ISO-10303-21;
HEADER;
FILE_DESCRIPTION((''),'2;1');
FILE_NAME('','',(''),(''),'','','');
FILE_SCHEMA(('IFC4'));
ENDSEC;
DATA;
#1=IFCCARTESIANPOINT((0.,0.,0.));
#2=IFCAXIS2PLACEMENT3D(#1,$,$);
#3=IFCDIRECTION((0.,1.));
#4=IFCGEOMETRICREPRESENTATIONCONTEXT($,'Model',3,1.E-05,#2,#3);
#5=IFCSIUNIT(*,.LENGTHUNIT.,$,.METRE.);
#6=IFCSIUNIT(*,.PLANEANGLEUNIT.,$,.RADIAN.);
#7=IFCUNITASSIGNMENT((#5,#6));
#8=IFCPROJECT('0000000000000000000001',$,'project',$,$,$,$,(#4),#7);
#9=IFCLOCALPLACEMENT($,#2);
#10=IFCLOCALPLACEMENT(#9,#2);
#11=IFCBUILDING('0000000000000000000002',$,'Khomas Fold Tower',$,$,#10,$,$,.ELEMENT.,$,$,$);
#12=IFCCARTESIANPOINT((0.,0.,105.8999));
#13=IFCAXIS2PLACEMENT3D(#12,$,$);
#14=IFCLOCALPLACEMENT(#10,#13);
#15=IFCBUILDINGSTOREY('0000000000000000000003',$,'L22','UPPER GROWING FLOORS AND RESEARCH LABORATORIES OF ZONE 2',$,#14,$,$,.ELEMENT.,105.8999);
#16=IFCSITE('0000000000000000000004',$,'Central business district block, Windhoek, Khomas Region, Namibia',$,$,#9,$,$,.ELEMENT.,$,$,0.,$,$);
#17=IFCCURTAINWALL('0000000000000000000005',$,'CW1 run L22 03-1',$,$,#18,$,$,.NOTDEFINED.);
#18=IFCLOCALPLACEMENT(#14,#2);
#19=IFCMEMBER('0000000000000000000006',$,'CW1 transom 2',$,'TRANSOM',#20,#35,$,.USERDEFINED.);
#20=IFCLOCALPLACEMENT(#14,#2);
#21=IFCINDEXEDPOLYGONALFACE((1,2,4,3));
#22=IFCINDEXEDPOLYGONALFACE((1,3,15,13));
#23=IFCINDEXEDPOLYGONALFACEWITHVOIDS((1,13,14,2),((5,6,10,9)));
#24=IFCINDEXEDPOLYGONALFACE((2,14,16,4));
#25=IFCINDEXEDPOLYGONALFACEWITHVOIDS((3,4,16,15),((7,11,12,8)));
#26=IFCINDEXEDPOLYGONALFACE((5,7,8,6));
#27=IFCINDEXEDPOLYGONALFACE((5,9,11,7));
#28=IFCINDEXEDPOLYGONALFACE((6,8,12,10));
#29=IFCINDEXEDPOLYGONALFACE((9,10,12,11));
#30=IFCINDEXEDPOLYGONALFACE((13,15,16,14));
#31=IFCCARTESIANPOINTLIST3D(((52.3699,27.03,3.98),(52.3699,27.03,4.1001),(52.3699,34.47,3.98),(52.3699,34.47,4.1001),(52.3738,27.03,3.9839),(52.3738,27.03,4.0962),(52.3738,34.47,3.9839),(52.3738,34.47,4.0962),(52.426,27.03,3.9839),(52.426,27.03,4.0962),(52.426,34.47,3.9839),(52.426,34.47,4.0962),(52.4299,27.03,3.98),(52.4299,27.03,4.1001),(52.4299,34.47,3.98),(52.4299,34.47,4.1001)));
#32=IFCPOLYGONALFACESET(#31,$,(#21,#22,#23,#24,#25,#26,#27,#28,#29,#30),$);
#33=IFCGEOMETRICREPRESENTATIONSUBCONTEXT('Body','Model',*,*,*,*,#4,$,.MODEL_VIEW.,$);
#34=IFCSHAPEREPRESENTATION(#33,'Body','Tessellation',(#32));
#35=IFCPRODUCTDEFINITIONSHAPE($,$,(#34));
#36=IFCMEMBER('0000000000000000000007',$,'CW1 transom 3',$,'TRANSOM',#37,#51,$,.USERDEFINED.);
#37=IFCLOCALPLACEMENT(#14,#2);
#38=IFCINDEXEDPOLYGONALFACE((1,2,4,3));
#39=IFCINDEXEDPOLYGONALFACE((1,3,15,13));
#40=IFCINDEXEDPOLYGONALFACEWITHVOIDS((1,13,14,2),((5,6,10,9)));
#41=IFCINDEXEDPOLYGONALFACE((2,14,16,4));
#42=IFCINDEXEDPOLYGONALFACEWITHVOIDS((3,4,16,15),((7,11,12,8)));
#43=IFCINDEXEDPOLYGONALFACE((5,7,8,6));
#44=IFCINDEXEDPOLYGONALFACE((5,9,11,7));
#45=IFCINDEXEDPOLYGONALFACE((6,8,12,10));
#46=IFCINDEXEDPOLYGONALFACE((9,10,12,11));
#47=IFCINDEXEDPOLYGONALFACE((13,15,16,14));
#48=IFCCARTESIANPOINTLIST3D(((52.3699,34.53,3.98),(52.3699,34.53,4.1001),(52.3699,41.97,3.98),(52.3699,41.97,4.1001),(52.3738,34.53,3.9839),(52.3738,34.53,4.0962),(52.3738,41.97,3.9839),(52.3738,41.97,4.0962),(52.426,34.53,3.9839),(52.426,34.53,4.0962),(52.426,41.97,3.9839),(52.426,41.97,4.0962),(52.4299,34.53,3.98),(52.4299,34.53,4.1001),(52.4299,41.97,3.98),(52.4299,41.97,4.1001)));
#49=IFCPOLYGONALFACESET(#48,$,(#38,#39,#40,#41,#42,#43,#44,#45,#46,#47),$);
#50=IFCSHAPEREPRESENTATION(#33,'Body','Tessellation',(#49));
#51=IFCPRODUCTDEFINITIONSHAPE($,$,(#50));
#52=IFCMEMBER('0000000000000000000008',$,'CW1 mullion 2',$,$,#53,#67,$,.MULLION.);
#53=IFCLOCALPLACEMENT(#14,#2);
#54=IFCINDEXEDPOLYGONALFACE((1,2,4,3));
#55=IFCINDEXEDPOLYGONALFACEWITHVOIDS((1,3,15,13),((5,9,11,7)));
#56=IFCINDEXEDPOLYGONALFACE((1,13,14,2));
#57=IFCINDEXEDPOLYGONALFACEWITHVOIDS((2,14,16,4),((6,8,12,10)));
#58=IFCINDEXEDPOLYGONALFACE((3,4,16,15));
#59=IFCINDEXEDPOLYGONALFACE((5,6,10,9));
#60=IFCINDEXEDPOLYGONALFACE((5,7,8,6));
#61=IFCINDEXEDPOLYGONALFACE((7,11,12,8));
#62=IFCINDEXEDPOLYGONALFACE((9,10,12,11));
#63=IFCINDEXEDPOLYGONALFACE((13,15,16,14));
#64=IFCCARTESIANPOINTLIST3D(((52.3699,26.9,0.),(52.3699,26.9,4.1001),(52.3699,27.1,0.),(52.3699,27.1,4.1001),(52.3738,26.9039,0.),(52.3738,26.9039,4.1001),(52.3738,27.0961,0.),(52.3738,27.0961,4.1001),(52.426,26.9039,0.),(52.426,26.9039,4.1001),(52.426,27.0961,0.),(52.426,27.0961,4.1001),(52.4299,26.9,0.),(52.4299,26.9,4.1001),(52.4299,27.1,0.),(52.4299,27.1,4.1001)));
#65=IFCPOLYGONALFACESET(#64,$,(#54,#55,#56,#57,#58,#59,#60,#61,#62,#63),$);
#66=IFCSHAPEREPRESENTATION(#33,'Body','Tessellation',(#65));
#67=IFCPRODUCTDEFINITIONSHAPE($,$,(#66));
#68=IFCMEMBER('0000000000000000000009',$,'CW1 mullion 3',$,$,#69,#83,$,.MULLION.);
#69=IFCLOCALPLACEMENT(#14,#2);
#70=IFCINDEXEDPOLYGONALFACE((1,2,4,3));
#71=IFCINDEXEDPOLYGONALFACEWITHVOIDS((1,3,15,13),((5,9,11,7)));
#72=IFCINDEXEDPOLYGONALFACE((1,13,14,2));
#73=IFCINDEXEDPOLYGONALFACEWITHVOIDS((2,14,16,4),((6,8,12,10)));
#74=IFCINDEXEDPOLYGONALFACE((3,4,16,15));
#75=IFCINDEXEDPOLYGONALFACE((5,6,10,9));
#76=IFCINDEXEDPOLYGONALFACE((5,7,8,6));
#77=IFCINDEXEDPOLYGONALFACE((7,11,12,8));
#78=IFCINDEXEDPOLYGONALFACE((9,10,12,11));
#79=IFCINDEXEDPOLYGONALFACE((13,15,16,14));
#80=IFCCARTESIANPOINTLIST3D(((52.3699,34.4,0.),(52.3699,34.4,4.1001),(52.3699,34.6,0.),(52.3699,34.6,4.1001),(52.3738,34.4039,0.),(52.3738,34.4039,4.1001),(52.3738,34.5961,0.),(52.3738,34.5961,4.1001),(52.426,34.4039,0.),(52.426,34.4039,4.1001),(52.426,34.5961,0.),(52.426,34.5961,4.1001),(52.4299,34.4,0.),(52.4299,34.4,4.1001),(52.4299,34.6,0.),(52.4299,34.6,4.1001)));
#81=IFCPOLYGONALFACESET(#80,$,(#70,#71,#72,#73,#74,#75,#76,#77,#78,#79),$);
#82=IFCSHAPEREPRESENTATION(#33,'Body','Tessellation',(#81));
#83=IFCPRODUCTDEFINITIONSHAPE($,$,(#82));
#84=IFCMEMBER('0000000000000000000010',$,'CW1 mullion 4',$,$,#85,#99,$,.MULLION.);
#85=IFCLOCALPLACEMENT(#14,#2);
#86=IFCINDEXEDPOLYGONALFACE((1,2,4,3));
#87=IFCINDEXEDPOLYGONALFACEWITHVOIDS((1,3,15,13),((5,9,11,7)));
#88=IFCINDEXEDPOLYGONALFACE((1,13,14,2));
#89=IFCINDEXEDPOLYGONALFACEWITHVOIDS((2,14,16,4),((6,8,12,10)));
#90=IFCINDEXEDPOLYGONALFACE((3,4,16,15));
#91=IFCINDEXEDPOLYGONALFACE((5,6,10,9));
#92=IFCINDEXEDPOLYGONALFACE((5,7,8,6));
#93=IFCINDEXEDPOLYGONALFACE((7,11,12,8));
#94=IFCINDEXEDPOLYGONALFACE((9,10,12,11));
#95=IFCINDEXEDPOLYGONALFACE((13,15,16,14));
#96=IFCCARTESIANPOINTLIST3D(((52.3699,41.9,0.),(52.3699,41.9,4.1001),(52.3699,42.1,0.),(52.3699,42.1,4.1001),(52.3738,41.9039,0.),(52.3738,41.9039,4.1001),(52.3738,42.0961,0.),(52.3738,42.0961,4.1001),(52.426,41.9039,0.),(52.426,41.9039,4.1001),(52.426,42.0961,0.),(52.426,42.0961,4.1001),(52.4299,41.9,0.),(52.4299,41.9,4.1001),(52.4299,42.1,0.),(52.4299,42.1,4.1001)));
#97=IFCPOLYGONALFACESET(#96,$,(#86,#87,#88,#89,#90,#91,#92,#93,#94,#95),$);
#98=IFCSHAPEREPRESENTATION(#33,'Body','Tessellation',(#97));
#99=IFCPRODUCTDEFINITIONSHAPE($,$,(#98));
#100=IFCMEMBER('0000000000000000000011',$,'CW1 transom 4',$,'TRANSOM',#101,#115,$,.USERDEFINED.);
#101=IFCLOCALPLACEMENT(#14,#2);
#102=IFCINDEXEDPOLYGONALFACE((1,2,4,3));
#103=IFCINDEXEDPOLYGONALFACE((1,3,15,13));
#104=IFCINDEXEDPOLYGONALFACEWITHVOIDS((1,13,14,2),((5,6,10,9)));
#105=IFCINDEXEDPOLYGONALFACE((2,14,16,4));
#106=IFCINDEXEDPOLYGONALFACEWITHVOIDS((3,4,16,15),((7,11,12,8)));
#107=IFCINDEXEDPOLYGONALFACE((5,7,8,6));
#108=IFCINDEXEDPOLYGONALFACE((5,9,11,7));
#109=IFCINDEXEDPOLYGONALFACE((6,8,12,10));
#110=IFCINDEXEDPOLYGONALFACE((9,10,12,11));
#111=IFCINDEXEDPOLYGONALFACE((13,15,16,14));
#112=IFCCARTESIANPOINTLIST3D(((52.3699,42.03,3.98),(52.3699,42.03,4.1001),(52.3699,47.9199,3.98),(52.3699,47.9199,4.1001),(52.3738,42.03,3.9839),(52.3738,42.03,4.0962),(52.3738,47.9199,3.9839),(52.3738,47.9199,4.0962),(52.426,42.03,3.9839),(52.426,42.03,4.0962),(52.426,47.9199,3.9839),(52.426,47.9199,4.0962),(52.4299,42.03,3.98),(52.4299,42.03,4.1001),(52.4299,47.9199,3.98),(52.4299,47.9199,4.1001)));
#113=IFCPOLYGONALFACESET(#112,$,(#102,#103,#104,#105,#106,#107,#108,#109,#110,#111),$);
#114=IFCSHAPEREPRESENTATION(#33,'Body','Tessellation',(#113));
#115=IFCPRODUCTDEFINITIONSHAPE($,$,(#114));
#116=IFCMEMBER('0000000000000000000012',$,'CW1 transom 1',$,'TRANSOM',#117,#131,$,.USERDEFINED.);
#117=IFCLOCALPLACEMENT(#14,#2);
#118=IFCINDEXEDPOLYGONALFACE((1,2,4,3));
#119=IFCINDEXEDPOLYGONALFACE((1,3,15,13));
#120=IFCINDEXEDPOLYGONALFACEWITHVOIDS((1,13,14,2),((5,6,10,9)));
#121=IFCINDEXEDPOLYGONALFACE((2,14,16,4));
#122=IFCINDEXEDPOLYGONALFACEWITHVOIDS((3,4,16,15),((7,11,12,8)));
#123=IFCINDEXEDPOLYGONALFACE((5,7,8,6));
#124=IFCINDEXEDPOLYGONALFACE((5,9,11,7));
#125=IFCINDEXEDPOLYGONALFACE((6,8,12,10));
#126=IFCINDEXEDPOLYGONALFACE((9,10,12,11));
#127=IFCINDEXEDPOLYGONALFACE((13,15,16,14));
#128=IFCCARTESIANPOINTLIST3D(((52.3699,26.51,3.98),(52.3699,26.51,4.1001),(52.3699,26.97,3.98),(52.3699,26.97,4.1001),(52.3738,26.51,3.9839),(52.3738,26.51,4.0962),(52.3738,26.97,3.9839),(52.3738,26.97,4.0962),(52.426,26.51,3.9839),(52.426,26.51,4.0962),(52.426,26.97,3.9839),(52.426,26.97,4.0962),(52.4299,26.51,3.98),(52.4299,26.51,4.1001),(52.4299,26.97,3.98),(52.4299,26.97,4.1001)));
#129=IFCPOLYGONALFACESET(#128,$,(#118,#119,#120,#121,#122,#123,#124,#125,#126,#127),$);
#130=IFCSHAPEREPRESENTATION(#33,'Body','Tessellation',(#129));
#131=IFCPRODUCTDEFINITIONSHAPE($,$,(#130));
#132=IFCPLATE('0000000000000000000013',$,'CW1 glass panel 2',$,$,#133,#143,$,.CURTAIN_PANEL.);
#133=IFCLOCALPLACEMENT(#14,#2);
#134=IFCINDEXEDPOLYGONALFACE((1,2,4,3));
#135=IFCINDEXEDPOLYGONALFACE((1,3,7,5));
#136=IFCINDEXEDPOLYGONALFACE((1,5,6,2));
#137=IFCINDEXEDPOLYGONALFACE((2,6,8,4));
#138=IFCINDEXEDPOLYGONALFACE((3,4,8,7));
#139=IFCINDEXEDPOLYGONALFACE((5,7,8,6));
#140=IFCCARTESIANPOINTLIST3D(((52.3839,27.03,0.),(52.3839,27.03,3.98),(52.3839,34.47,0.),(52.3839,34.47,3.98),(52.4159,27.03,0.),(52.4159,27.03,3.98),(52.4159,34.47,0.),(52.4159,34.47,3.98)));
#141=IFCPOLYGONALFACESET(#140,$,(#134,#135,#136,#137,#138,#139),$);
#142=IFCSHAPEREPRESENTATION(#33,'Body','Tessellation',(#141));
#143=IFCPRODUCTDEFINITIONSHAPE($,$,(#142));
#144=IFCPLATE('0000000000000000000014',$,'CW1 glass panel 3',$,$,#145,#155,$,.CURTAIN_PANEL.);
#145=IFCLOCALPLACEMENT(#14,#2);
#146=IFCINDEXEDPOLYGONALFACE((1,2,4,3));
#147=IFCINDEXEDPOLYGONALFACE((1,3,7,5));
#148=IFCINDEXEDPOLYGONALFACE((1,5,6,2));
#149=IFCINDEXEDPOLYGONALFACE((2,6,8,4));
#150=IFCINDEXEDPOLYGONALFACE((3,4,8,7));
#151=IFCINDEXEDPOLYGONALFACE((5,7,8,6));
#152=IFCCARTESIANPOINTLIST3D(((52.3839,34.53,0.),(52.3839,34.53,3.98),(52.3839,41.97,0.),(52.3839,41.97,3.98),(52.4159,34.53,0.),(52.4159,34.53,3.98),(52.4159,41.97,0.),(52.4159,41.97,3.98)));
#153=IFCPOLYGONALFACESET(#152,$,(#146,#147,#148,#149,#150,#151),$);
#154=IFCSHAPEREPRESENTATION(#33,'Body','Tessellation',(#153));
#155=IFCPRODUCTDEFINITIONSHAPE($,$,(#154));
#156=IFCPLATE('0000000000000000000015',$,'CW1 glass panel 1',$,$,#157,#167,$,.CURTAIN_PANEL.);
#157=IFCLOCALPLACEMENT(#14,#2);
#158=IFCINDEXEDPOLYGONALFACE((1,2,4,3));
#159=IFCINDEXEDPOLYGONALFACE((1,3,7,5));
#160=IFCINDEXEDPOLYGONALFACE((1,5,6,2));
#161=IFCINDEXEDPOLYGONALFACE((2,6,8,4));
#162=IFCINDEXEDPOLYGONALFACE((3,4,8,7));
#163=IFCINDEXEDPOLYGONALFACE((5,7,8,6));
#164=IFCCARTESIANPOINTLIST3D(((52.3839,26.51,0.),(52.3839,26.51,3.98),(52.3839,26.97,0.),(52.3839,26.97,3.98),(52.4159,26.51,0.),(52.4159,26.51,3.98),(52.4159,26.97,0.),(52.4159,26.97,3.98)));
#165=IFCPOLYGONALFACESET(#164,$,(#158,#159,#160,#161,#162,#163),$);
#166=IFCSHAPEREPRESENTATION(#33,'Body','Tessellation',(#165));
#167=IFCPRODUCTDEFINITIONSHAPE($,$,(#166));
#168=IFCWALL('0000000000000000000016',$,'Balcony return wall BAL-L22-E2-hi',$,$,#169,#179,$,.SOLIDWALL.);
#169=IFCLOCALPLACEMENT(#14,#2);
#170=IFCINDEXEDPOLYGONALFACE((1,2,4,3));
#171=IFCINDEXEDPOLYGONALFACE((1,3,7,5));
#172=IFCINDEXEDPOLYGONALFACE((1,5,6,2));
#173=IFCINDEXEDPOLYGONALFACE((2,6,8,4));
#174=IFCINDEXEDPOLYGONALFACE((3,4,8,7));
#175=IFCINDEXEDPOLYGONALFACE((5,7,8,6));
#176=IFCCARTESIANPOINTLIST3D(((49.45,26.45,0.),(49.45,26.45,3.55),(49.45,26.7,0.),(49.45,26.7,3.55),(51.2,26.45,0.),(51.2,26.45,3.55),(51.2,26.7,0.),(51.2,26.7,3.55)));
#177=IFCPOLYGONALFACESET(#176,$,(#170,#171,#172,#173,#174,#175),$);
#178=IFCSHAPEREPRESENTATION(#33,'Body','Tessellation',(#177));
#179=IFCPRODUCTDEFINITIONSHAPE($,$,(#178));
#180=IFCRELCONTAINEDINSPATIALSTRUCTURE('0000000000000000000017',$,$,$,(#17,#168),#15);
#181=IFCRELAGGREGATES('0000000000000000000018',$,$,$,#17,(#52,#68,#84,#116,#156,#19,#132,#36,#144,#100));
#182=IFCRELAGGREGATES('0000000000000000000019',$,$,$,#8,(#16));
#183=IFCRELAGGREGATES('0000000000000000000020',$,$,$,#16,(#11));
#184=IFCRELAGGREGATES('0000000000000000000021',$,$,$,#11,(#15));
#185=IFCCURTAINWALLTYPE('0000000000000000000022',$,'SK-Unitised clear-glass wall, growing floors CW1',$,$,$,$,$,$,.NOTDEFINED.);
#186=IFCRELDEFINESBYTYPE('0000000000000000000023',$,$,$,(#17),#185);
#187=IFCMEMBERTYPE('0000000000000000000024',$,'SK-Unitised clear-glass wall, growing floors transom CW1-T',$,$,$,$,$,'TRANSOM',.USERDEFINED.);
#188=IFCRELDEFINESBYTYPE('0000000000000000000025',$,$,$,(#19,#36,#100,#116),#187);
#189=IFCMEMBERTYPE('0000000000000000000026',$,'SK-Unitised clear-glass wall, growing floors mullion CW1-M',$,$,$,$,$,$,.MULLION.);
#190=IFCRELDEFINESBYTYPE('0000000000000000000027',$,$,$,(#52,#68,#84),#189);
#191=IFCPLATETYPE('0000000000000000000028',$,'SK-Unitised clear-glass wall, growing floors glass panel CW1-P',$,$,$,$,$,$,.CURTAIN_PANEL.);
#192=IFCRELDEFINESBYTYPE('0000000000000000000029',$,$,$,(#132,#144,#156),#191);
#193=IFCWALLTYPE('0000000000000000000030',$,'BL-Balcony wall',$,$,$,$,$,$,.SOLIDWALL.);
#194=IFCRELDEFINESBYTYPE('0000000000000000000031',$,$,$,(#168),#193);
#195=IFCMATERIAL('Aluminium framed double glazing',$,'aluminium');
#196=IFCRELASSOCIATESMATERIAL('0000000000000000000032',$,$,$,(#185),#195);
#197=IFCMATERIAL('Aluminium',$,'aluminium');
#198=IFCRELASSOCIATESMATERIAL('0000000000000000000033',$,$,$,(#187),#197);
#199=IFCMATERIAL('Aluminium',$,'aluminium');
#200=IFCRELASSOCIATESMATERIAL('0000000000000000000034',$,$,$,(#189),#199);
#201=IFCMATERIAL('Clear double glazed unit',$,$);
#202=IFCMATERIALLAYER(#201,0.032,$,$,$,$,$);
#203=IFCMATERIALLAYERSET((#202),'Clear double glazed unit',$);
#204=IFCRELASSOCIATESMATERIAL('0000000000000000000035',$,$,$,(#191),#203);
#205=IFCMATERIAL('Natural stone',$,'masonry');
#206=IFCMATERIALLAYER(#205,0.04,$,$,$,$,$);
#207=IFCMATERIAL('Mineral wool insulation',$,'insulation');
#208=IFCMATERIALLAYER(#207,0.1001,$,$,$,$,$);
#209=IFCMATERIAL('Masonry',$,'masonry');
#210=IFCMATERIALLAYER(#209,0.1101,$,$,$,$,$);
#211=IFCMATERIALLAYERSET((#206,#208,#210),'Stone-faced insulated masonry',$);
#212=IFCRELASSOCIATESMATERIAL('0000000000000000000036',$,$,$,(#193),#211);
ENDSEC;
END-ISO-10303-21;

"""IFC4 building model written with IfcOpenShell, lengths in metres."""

from ifc_helpers import new_model, si_unit, direction, frame, frame_2d, origin, origin_2d, place, context, subcontext, project, spatial, rectangle, hollow_rectangle, extrude, source, transform, mapped, material, layer, layer_set, material_profile, profile_set, type_object, element, aggregate, save


model = new_model("IFC4")

# Units and contexts
model_context = context("Model", 3, precision=1e-05, world=origin(), true_north=direction((0.0, 1.0)))
body_context = subcontext(model_context, "Body", "Model", "MODEL_VIEW")
ifc_project = project(units=[si_unit("LENGTHUNIT", "METRE"), si_unit("PLANEANGLEUNIT", "RADIAN")], contexts=[model_context])

# Site, building, storey
site_placement = place(None, origin())
site = spatial("IfcSite", under=ifc_project, at=site_placement, Name="Central business district block, Windhoek, Khomas Region, Namibia", CompositionType="ELEMENT", RefElevation=0.0)
building_placement = place(site_placement, origin())
building = spatial("IfcBuilding", under=site, at=building_placement, Name="Khomas Fold Tower", CompositionType="ELEMENT")
storey_placement = place(building_placement, frame((0.0, 0.0, 105.8999)))
storey = spatial("IfcBuildingStorey", under=building, at=storey_placement, Name="L22", Description="UPPER GROWING FLOORS AND RESEARCH LABORATORIES OF ZONE 2", CompositionType="ELEMENT", Elevation=105.8999)

# Curtain wall, members, plates
ifc_material_1 = material(Name="Aluminium framed double glazing", Category="aluminium")
curtain_wall_type = type_object("IfcCurtainWallType", Name="SK-Unitised clear-glass wall, growing floors CW1", PredefinedType="NOTDEFINED", material=ifc_material_1)
curtain_wall_placement = place(storey_placement, origin())
curtain_wall = element("IfcCurtainWall", 1, at=curtain_wall_placement, inside=storey, type_object=curtain_wall_type, Name="CW1 run L22 03-1", PredefinedType="NOTDEFINED")
ifc_material_2 = material(Name="Aluminium", Category="aluminium")
ifc_material_profile_1 = material_profile(ifc_material_2, hollow_rectangle(XDim=0.0601, YDim=0.1201, WallThickness=0.0039, at=origin_2d()), Name="SK-Unitised clear-glass wall, growing floors transom CW1-T")
ifc_profile_set_1 = profile_set([ifc_material_profile_1], Name="Aluminium")
member_type_1 = type_object("IfcMemberType", Name="SK-Unitised clear-glass wall, growing floors transom CW1-T", ElementType="TRANSOM", PredefinedType="USERDEFINED", material=ifc_profile_set_1)
shared_shape_1 = source(origin(), body_context, "Body", "SweptSolid", [
    extrude(hollow_rectangle(XDim=0.0601, YDim=0.1201, WallThickness=0.0039, at=origin_2d()), origin(), (0.0, 0.0, 1.0), 7.4399),
])
member_1_placement = place(storey_placement, frame((52.3999, 27.03, 4.04), z_axis=(0.0, 1.0, 0.0), x_axis=(-1.0, 0.0, 0.0)))
member_1 = element("IfcMember", 2, at=member_1_placement, type_object=member_type_1, Name="CW1 transom 2", ObjectType="TRANSOM", PredefinedType="USERDEFINED", context=body_context, shape_type="MappedRepresentation", body=[
    mapped(shared_shape_1, transform((0.0, 0.0, 0.0))),
])
member_2_placement = place(storey_placement, frame((52.3999, 34.53, 4.04), z_axis=(0.0, 1.0, 0.0), x_axis=(-1.0, 0.0, 0.0)))
member_2 = element("IfcMember", 3, at=member_2_placement, type_object=member_type_1, Name="CW1 transom 3", ObjectType="TRANSOM", PredefinedType="USERDEFINED", context=body_context, shape_type="MappedRepresentation", body=[
    mapped(shared_shape_1, transform((0.0, 0.0, 0.0))),
])
ifc_material_3 = material(Name="Aluminium", Category="aluminium")
ifc_material_profile_2 = material_profile(ifc_material_3, hollow_rectangle(XDim=0.0601, YDim=0.2, WallThickness=0.0039, at=origin_2d()), Name="SK-Unitised clear-glass wall, growing floors mullion CW1-M")
ifc_profile_set_2 = profile_set([ifc_material_profile_2], Name="Aluminium")
member_type_2 = type_object("IfcMemberType", Name="SK-Unitised clear-glass wall, growing floors mullion CW1-M", PredefinedType="MULLION", material=ifc_profile_set_2)
shared_shape_2 = source(origin(), body_context, "Body", "SweptSolid", [
    extrude(hollow_rectangle(XDim=0.0601, YDim=0.2, WallThickness=0.0039, at=origin_2d()), origin(), (0.0, 0.0, 1.0), 4.1001),
])
member_3_placement = place(storey_placement, frame((52.3999, 27.0, 0.0), z_axis=(0.0, 0.0, 1.0), x_axis=(-1.0, 0.0, 0.0)))
member_3 = element("IfcMember", 4, at=member_3_placement, type_object=member_type_2, Name="CW1 mullion 2", PredefinedType="MULLION", context=body_context, shape_type="MappedRepresentation", body=[
    mapped(shared_shape_2, transform((0.0, 0.0, 0.0))),
])
member_4_placement = place(storey_placement, frame((52.3999, 34.5, 0.0), z_axis=(0.0, 0.0, 1.0), x_axis=(-1.0, 0.0, 0.0)))
member_4 = element("IfcMember", 5, at=member_4_placement, type_object=member_type_2, Name="CW1 mullion 3", PredefinedType="MULLION", context=body_context, shape_type="MappedRepresentation", body=[
    mapped(shared_shape_2, transform((0.0, 0.0, 0.0))),
])
member_5_placement = place(storey_placement, frame((52.3999, 42.0, 0.0), z_axis=(0.0, 0.0, 1.0), x_axis=(-1.0, 0.0, 0.0)))
member_5 = element("IfcMember", 6, at=member_5_placement, type_object=member_type_2, Name="CW1 mullion 4", PredefinedType="MULLION", context=body_context, shape_type="MappedRepresentation", body=[
    mapped(shared_shape_2, transform((0.0, 0.0, 0.0))),
])
shared_shape_3 = source(origin(), body_context, "Body", "SweptSolid", [
    extrude(hollow_rectangle(XDim=0.0601, YDim=0.1201, WallThickness=0.0039, at=origin_2d()), origin(), (0.0, 0.0, 1.0), 5.8899),
])
member_6_placement = place(storey_placement, frame((52.3999, 42.03, 4.04), z_axis=(0.0, 1.0, 0.0), x_axis=(-1.0, 0.0, 0.0)))
member_6 = element("IfcMember", 7, at=member_6_placement, type_object=member_type_1, Name="CW1 transom 4", ObjectType="TRANSOM", PredefinedType="USERDEFINED", context=body_context, shape_type="MappedRepresentation", body=[
    mapped(shared_shape_3, transform((0.0, 0.0, 0.0))),
])
shared_shape_4 = source(origin(), body_context, "Body", "SweptSolid", [
    extrude(hollow_rectangle(XDim=0.0601, YDim=0.1201, WallThickness=0.0039, at=origin_2d()), origin(), (0.0, 0.0, 1.0), 0.46),
])
member_7_placement = place(storey_placement, frame((52.3999, 26.51, 4.04), z_axis=(0.0, 1.0, 0.0), x_axis=(-1.0, 0.0, 0.0)))
member_7 = element("IfcMember", 8, at=member_7_placement, type_object=member_type_1, Name="CW1 transom 1", ObjectType="TRANSOM", PredefinedType="USERDEFINED", context=body_context, shape_type="MappedRepresentation", body=[
    mapped(shared_shape_4, transform((0.0, 0.0, 0.0))),
])
ifc_material_4 = material(Name="Clear double glazed unit")
ifc_layer_1 = layer(ifc_material_4, 0.032)
ifc_layer_set_1 = layer_set([ifc_layer_1], Name="Clear double glazed unit")
plate_type = type_object("IfcPlateType", Name="SK-Unitised clear-glass wall, growing floors glass panel CW1-P", PredefinedType="CURTAIN_PANEL", material=ifc_layer_set_1)
shared_shape_5 = source(origin(), body_context, "Body", "SweptSolid", [
    extrude(rectangle(XDim=7.4399, YDim=0.032, at=origin_2d()), origin(), (0.0, 0.0, 1.0), 3.98),
])
plate_1_placement = place(storey_placement, frame((52.3999, 30.75, 0.0), z_axis=(0.0, 0.0, 1.0), x_axis=(0.0, 1.0, 0.0)))
plate_1 = element("IfcPlate", 9, at=plate_1_placement, type_object=plate_type, Name="CW1 glass panel 2", PredefinedType="CURTAIN_PANEL", context=body_context, shape_type="MappedRepresentation", body=[
    mapped(shared_shape_5, transform((0.0, 0.0, 0.0))),
])
plate_2_placement = place(storey_placement, frame((52.3999, 38.25, 0.0), z_axis=(0.0, 0.0, 1.0), x_axis=(0.0, 1.0, 0.0)))
plate_2 = element("IfcPlate", 10, at=plate_2_placement, type_object=plate_type, Name="CW1 glass panel 3", PredefinedType="CURTAIN_PANEL", context=body_context, shape_type="MappedRepresentation", body=[
    mapped(shared_shape_5, transform((0.0, 0.0, 0.0))),
])
shared_shape_6 = source(origin(), body_context, "Body", "SweptSolid", [
    extrude(rectangle(XDim=0.46, YDim=0.032, at=origin_2d()), origin(), (0.0, 0.0, 1.0), 3.98),
])
plate_3_placement = place(storey_placement, frame((52.3999, 26.74, 0.0), z_axis=(0.0, 0.0, 1.0), x_axis=(0.0, 1.0, 0.0)))
plate_3 = element("IfcPlate", 11, at=plate_3_placement, type_object=plate_type, Name="CW1 glass panel 1", PredefinedType="CURTAIN_PANEL", context=body_context, shape_type="MappedRepresentation", body=[
    mapped(shared_shape_6, transform((0.0, 0.0, 0.0))),
])
aggregate(curtain_wall, [member_3, member_4, member_5, member_7, plate_3, member_1, plate_1, member_2, plate_2, member_6])

# Wall
ifc_material_5 = material(Name="Natural stone", Category="masonry")
ifc_layer_2 = layer(ifc_material_5, 0.04)
ifc_material_6 = material(Name="Mineral wool insulation", Category="insulation")
ifc_layer_3 = layer(ifc_material_6, 0.1001)
ifc_material_7 = material(Name="Masonry", Category="masonry")
ifc_layer_4 = layer(ifc_material_7, 0.1101)
ifc_layer_set_2 = layer_set([ifc_layer_2, ifc_layer_3, ifc_layer_4], Name="Stone-faced insulated masonry")
wall_type_1 = type_object("IfcWallType", Name="BL-Balcony wall", PredefinedType="SOLIDWALL", material=ifc_layer_set_2)
shared_shape_7 = source(origin(), body_context, "Body", "SweptSolid", [
    extrude(rectangle(XDim=1.75, YDim=0.25, at=frame_2d((0.875, 0.0))), origin(), (0.0, 0.0, 1.0), 3.55),
])
wall_placement = place(storey_placement, frame((51.2, 26.575, 0.0), z_axis=(0.0, 0.0, 1.0), x_axis=(-1.0, 0.0, 0.0)))
element("IfcWall", 12, at=wall_placement, inside=storey, type_object=wall_type_1, Name="Balcony return wall BAL-L22-E2-hi", PredefinedType="SOLIDWALL", context=body_context, shape_type="MappedRepresentation", body=[
    mapped(shared_shape_7, transform((0.0, 0.0, 0.0))),
])

save(model, "model.ifc")
